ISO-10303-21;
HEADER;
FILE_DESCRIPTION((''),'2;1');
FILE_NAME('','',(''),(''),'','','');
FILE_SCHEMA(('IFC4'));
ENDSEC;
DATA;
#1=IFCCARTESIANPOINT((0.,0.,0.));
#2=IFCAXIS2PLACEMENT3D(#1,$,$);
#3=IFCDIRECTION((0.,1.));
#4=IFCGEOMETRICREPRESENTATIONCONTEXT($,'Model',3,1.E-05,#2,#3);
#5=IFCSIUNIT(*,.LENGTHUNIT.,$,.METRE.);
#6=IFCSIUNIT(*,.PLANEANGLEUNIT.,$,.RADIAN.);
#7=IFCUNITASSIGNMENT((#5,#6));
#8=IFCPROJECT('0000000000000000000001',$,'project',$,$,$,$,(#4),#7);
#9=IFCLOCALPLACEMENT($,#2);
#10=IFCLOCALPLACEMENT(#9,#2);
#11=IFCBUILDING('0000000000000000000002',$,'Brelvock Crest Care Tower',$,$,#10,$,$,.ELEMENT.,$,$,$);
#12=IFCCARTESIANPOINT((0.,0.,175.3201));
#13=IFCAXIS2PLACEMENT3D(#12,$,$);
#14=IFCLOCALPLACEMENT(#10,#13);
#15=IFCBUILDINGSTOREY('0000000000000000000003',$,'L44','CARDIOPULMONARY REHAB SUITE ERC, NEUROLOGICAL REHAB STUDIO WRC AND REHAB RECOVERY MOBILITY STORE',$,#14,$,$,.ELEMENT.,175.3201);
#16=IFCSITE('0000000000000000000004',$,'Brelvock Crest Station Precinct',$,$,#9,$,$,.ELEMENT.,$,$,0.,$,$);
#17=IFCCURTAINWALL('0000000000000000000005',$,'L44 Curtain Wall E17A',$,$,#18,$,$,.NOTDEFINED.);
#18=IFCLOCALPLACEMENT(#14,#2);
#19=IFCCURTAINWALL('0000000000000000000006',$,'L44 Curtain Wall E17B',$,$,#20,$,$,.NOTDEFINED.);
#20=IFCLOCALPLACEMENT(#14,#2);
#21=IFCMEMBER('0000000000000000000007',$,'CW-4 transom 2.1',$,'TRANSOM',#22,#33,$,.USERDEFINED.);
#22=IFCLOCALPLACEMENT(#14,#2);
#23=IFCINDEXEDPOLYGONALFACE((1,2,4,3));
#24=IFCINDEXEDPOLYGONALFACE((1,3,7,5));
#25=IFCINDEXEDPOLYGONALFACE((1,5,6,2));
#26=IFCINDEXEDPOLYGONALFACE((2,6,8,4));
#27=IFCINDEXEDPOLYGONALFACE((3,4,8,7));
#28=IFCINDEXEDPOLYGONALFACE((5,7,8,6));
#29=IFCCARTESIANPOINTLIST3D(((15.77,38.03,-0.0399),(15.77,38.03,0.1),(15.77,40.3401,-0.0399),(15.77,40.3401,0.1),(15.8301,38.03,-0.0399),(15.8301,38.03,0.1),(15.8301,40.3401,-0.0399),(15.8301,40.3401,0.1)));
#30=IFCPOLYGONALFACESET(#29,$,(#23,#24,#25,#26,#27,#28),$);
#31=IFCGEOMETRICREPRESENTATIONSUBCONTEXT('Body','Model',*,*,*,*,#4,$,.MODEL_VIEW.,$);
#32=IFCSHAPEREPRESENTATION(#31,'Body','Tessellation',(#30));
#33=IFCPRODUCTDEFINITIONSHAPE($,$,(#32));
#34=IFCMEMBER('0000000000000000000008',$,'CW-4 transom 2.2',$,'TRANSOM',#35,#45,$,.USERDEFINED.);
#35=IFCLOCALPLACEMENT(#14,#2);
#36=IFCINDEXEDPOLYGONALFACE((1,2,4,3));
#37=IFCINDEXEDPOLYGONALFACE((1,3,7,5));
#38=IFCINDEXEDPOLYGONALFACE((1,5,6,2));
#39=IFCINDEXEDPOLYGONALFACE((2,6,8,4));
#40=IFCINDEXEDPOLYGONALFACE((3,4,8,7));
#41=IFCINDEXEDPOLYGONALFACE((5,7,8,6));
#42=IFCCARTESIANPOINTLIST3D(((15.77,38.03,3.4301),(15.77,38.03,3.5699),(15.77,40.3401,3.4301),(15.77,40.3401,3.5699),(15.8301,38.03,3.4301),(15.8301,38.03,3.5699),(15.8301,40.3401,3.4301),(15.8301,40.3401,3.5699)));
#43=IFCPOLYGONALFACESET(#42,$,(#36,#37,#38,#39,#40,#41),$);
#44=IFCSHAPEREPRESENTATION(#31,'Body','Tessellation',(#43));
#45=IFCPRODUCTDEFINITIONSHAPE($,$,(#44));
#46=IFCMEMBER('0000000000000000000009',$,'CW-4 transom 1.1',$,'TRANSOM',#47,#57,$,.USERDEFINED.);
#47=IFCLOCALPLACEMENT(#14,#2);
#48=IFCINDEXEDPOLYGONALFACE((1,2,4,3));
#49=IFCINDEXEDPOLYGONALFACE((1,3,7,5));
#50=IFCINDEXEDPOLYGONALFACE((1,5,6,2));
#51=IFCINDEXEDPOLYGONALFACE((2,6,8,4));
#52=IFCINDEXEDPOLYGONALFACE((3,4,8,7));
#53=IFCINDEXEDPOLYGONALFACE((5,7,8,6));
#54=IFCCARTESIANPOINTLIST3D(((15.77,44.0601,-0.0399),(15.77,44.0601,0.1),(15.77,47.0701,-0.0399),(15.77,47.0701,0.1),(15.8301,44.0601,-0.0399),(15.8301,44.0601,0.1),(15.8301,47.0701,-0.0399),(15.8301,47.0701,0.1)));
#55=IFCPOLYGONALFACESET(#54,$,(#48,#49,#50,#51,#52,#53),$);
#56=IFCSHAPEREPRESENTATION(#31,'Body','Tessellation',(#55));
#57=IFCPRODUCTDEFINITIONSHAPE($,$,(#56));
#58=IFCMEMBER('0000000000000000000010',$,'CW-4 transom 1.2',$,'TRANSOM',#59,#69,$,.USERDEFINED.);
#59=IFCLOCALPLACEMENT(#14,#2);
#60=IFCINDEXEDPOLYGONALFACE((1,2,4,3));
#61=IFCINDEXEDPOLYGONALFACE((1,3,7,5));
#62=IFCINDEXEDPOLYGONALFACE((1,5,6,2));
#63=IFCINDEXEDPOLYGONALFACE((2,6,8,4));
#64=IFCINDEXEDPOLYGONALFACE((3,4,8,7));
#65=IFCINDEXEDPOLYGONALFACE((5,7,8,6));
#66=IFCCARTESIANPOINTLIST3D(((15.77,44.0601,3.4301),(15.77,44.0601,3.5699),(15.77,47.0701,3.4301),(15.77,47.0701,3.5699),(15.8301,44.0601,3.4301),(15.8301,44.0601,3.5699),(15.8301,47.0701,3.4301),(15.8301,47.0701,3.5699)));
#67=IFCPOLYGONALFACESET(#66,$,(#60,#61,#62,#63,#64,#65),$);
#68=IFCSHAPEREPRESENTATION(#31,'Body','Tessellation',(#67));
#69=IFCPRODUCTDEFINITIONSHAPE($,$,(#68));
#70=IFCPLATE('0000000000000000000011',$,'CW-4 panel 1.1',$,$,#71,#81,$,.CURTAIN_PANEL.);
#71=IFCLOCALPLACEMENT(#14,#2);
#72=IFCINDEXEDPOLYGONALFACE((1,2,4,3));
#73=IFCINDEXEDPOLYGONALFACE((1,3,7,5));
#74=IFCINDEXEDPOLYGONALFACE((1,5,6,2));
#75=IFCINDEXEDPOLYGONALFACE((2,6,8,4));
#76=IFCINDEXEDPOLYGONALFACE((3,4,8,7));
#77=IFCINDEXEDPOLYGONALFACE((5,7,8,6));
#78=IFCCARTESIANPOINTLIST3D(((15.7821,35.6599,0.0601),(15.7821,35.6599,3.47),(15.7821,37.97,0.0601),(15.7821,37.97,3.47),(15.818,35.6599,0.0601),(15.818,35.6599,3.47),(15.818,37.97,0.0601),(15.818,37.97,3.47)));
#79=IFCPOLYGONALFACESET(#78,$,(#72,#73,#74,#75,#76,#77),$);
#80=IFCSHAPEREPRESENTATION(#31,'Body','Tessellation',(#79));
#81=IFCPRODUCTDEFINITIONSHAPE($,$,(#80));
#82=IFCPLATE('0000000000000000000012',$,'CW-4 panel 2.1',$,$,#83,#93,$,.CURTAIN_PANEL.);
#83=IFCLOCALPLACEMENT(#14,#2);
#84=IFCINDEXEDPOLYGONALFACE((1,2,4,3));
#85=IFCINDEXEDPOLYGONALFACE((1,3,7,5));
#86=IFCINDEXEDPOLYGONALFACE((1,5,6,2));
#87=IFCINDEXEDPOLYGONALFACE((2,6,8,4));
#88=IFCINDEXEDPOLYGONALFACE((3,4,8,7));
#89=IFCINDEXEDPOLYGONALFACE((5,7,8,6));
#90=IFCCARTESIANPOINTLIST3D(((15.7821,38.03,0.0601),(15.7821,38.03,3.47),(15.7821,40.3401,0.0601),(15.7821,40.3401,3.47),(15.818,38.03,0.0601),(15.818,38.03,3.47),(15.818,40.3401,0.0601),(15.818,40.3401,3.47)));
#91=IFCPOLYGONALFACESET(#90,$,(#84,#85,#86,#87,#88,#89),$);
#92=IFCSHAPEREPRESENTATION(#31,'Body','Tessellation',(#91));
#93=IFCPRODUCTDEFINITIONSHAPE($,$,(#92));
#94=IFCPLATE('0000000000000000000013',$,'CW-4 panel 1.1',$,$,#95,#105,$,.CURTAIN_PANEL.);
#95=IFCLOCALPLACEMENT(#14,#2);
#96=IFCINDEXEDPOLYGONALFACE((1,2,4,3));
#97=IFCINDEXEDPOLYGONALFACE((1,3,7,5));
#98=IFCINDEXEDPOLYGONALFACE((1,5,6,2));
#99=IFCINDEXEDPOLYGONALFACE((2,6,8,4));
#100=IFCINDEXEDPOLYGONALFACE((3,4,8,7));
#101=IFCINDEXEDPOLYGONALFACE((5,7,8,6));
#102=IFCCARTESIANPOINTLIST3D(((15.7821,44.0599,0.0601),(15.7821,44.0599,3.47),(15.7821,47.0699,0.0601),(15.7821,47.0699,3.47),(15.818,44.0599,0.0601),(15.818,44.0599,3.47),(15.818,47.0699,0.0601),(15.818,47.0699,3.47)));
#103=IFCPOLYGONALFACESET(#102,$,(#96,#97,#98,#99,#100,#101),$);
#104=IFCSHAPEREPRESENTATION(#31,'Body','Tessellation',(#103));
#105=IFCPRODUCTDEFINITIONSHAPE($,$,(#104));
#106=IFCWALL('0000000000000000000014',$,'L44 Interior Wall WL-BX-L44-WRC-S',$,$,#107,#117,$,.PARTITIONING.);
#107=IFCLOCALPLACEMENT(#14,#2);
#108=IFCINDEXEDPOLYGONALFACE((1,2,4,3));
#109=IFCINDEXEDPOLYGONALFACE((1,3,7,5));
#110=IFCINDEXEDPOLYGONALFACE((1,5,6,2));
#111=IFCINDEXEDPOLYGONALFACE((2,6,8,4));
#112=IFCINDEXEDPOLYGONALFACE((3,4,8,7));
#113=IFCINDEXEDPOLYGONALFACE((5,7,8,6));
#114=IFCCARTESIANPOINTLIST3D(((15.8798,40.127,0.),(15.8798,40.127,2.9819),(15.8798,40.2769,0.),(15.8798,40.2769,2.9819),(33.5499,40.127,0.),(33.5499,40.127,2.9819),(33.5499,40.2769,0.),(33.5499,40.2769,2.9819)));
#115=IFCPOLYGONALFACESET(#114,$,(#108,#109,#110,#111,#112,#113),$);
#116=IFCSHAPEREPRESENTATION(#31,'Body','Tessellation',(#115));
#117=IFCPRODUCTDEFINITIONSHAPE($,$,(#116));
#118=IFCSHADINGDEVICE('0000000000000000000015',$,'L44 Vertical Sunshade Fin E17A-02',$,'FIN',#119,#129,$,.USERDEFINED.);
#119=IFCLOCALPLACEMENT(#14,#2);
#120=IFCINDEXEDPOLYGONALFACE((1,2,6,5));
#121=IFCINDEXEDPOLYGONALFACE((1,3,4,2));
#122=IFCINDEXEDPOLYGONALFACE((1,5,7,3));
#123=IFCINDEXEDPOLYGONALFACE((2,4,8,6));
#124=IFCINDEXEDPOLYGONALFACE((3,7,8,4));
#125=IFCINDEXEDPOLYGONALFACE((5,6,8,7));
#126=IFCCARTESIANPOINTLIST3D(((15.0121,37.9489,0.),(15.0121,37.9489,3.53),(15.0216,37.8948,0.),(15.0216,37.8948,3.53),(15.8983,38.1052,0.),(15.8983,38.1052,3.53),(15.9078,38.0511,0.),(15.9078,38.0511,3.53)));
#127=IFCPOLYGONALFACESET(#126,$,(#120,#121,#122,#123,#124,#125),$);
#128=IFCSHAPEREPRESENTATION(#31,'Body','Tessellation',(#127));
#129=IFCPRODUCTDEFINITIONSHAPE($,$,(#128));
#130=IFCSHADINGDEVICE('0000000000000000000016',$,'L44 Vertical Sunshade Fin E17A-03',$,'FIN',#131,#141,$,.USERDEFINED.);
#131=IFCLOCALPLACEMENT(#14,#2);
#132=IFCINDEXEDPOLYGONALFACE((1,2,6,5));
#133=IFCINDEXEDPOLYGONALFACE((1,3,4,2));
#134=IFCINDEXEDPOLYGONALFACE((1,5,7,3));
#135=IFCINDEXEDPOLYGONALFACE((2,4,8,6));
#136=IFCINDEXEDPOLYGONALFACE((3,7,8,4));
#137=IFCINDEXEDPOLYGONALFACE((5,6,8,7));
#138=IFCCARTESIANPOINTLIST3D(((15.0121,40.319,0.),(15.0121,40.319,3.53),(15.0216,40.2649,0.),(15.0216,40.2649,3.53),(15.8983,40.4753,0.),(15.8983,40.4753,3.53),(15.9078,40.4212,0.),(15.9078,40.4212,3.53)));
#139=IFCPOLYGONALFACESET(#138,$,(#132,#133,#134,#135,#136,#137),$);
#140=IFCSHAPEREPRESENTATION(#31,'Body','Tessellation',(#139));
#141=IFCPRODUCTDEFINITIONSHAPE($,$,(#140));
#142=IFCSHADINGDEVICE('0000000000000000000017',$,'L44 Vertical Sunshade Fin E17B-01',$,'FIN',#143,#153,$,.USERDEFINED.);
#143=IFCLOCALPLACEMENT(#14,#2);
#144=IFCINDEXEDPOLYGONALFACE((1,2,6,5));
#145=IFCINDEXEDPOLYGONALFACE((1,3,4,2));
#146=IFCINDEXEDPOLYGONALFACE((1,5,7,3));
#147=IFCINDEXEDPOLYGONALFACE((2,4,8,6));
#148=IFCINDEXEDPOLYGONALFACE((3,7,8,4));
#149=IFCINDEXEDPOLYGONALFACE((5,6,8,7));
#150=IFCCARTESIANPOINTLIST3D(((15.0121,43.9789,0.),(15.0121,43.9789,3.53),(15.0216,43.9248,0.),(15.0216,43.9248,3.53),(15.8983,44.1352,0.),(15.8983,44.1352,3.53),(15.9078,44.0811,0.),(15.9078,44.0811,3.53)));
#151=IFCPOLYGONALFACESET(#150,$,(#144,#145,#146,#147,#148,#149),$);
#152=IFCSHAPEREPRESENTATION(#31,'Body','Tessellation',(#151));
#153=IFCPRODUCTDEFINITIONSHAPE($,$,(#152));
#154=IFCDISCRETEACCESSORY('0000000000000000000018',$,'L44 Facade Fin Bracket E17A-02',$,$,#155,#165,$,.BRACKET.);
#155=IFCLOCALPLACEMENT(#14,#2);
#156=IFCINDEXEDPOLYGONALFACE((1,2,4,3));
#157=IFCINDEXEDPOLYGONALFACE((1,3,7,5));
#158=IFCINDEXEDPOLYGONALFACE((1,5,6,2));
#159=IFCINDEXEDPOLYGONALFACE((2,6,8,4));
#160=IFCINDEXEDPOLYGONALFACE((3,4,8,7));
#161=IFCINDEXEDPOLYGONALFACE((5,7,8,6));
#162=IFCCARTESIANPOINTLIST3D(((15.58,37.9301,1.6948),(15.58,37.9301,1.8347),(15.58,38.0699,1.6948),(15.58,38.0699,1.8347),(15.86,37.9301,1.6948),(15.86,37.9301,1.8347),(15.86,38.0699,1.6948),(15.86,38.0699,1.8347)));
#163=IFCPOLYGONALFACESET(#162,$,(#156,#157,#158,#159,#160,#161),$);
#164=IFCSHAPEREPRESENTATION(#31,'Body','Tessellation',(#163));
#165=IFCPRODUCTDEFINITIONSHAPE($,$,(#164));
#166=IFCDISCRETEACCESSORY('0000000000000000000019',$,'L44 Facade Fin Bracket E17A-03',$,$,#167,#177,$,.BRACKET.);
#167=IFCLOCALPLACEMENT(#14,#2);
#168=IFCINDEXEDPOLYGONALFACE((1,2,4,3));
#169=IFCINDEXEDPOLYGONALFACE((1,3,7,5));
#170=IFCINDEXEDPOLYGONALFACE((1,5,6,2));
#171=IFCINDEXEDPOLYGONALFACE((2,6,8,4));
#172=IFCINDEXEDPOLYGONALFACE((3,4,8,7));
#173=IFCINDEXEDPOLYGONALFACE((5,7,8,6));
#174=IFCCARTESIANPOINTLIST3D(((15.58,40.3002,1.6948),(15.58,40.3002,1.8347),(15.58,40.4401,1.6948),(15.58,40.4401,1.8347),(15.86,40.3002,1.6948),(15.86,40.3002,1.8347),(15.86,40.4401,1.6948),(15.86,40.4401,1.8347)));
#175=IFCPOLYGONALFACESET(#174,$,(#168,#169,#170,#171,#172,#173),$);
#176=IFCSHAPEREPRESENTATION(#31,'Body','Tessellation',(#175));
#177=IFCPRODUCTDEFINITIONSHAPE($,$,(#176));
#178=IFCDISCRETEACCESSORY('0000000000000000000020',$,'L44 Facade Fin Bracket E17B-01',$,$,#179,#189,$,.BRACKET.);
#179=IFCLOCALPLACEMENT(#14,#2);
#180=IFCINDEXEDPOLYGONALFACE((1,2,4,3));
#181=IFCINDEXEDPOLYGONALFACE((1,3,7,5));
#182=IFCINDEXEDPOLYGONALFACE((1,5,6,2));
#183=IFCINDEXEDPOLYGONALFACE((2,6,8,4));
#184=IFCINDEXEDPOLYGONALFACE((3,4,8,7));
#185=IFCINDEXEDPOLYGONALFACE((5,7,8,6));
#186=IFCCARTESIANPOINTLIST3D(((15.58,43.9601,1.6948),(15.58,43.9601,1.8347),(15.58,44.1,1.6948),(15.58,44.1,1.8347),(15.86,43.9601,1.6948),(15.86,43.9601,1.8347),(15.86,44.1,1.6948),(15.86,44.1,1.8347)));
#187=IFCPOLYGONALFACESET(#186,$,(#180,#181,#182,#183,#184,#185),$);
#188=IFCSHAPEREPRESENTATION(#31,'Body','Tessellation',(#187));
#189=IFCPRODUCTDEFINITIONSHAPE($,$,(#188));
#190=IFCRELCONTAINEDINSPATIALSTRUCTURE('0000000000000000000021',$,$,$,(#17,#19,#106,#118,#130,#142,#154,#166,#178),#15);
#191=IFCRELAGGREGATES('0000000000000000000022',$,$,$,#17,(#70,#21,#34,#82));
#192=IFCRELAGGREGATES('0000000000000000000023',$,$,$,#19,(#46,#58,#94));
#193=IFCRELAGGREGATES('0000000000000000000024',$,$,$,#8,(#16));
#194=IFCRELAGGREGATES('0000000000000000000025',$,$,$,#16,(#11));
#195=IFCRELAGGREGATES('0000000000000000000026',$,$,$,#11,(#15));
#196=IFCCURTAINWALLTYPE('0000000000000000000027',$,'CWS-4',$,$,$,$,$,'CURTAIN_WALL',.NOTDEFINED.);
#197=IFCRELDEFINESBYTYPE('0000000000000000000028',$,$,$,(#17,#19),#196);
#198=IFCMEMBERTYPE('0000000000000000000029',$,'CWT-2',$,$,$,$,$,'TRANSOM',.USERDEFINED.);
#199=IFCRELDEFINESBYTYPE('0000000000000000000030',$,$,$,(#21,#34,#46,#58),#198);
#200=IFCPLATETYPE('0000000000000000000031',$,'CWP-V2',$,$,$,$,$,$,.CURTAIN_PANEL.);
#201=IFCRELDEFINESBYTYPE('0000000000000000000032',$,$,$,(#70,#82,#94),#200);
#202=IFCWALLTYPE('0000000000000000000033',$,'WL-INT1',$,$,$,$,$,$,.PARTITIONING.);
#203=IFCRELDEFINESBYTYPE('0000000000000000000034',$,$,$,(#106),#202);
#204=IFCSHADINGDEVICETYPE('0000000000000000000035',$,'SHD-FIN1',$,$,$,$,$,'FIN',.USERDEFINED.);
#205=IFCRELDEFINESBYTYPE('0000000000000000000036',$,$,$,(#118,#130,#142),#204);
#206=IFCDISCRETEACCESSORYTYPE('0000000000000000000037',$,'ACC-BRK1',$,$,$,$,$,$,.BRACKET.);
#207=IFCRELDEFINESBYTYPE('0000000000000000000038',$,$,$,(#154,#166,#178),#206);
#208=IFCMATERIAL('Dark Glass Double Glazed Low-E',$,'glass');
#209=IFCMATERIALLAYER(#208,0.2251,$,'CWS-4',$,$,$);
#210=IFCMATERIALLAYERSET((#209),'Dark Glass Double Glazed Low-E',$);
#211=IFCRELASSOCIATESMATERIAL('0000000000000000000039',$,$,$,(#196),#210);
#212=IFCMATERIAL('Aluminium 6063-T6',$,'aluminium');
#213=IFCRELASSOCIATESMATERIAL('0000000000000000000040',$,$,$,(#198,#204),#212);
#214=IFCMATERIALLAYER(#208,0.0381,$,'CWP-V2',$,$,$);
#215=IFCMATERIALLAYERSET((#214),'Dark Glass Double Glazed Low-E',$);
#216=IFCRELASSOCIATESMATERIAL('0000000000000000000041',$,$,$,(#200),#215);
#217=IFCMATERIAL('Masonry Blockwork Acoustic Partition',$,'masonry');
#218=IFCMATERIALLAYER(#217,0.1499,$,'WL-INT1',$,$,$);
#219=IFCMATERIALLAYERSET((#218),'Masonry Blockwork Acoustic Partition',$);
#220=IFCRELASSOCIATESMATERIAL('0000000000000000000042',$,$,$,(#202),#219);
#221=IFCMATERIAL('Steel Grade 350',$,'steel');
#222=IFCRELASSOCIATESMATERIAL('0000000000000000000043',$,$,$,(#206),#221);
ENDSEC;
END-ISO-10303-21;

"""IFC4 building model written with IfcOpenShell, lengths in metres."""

from ifc_helpers import new_model, si_unit, direction, frame, frame_2d, origin, origin_2d, place, context, subcontext, project, spatial, rectangle, extrude, source, transform, mapped, material, layer, layer_set, material_profile, profile_set, type_object, element, aggregate, save


model = new_model("IFC4")

# Units and contexts
model_context = context("Model", 3, precision=1e-05, world=origin(), true_north=direction((0.0, 1.0)))
body_context = subcontext(model_context, "Body", "Model", "MODEL_VIEW")
ifc_project = project(units=[si_unit("LENGTHUNIT", "METRE"), si_unit("PLANEANGLEUNIT", "RADIAN")], contexts=[model_context])

# Site, building, storey
site_placement = place(None, origin())
site = spatial("IfcSite", under=ifc_project, at=site_placement, Name="Brelvock Crest Station Precinct", CompositionType="ELEMENT", RefElevation=0.0)
building_placement = place(site_placement, origin())
building = spatial("IfcBuilding", under=site, at=building_placement, Name="Brelvock Crest Care Tower", CompositionType="ELEMENT")
storey_placement = place(building_placement, frame((0.0, 0.0, 175.3201)))
storey = spatial("IfcBuildingStorey", under=building, at=storey_placement, Name="L44", Description="CARDIOPULMONARY REHAB SUITE ERC, NEUROLOGICAL REHAB STUDIO WRC AND REHAB RECOVERY MOBILITY STORE", CompositionType="ELEMENT", Elevation=175.3201)

# Shared definitions
ifc_material_1 = material(Name="Steel Grade 350", Category="steel")

# Curtain wall
ifc_material_2 = material(Name="Dark Glass Double Glazed Low-E", Category="glass")
ifc_layer_1 = layer(ifc_material_2, 0.2251, Name="CWS-4")
ifc_layer_set_1 = layer_set([ifc_layer_1], Name="Dark Glass Double Glazed Low-E")
curtain_wall_type = type_object("IfcCurtainWallType", Name="CWS-4", ElementType="CURTAIN_WALL", PredefinedType="NOTDEFINED", material=ifc_layer_set_1)
curtain_wall_1_placement = place(storey_placement, origin())
curtain_wall_1 = element("IfcCurtainWall", 1, at=curtain_wall_1_placement, inside=storey, type_object=curtain_wall_type, Name="L44 Curtain Wall E17A", PredefinedType="NOTDEFINED")
ifc_material_3 = material(Name="Aluminium 6063-T6", Category="aluminium")

# Curtain wall
curtain_wall_2_placement = place(storey_placement, origin())
curtain_wall_2 = element("IfcCurtainWall", 2, at=curtain_wall_2_placement, inside=storey, type_object=curtain_wall_type, Name="L44 Curtain Wall E17B", PredefinedType="NOTDEFINED")

# Members
ifc_material_profile_1 = material_profile(ifc_material_3, rectangle(XDim=0.0601, YDim=0.1399, at=origin_2d()), Name="ALU60x140")
ifc_profile_set_1 = profile_set([ifc_material_profile_1], Name="Aluminium 6063-T6")
member_type_1 = type_object("IfcMemberType", Name="CWT-2", ElementType="TRANSOM", PredefinedType="USERDEFINED", material=ifc_profile_set_1)
shared_shape_1 = source(origin(), body_context, "Body", "SweptSolid", [
    extrude(rectangle(XDim=0.0601, YDim=0.1399, at=origin_2d()), origin(), (0.0, 0.0, 1.0), 2.3101),
])
member_1_placement = place(storey_placement, frame((15.8, 38.03, 0.03), z_axis=(0.0, 1.0, 0.0), x_axis=(-1.0, 0.0, 0.0)))
member_1 = element("IfcMember", 3, at=member_1_placement, type_object=member_type_1, Name="CW-4 transom 2.1", ObjectType="TRANSOM", PredefinedType="USERDEFINED", context=body_context, shape_type="MappedRepresentation", body=[
    mapped(shared_shape_1, transform((0.0, 0.0, 0.0), x_axis=(1.0, 0.0, 0.0), y_axis=(0.0, 1.0, 0.0), z_axis=(0.0, 0.0, 1.0), scale=1.0)),
])
member_2_placement = place(storey_placement, frame((15.8, 38.03, 3.5), z_axis=(0.0, 1.0, 0.0), x_axis=(-1.0, 0.0, 0.0)))
member_2 = element("IfcMember", 4, at=member_2_placement, type_object=member_type_1, Name="CW-4 transom 2.2", ObjectType="TRANSOM", PredefinedType="USERDEFINED", context=body_context, shape_type="MappedRepresentation", body=[
    mapped(shared_shape_1, transform((0.0, 0.0, 0.0), x_axis=(1.0, 0.0, 0.0), y_axis=(0.0, 1.0, 0.0), z_axis=(0.0, 0.0, 1.0), scale=1.0)),
])
shared_shape_2 = source(origin(), body_context, "Body", "SweptSolid", [
    extrude(rectangle(XDim=0.0601, YDim=0.1399, at=origin_2d()), origin(), (0.0, 0.0, 1.0), 3.01),
])
member_3_placement = place(storey_placement, frame((15.8, 44.0601, 0.03), z_axis=(0.0, 1.0, 0.0), x_axis=(-1.0, 0.0, 0.0)))
member_3 = element("IfcMember", 5, at=member_3_placement, type_object=member_type_1, Name="CW-4 transom 1.1", ObjectType="TRANSOM", PredefinedType="USERDEFINED", context=body_context, shape_type="MappedRepresentation", body=[
    mapped(shared_shape_2, transform((0.0, 0.0, 0.0), x_axis=(1.0, 0.0, 0.0), y_axis=(0.0, 1.0, 0.0), z_axis=(0.0, 0.0, 1.0), scale=1.0)),
])
member_4_placement = place(storey_placement, frame((15.8, 44.0601, 3.5), z_axis=(0.0, 1.0, 0.0), x_axis=(-1.0, 0.0, 0.0)))
member_4 = element("IfcMember", 6, at=member_4_placement, type_object=member_type_1, Name="CW-4 transom 1.2", ObjectType="TRANSOM", PredefinedType="USERDEFINED", context=body_context, shape_type="MappedRepresentation", body=[
    mapped(shared_shape_2, transform((0.0, 0.0, 0.0), x_axis=(1.0, 0.0, 0.0), y_axis=(0.0, 1.0, 0.0), z_axis=(0.0, 0.0, 1.0), scale=1.0)),
])

# Plates
ifc_layer_2 = layer(ifc_material_2, 0.0381, Name="CWP-V2")
ifc_layer_set_2 = layer_set([ifc_layer_2], Name="Dark Glass Double Glazed Low-E")
plate_type = type_object("IfcPlateType", Name="CWP-V2", PredefinedType="CURTAIN_PANEL", material=ifc_layer_set_2)
shared_shape_3 = source(origin(), body_context, "Body", "SweptSolid", [
    extrude(rectangle(XDim=2.3101, YDim=0.0359, at=origin_2d()), origin(), (0.0, 0.0, 1.0), 3.4099),
])
plate_1_placement = place(storey_placement, frame((15.8, 36.8149, 0.0601), z_axis=(0.0, 0.0, 1.0), x_axis=(0.0, 1.0, 0.0)))
plate_1 = element("IfcPlate", 7, at=plate_1_placement, type_object=plate_type, Name="CW-4 panel 1.1", PredefinedType="CURTAIN_PANEL", context=body_context, shape_type="MappedRepresentation", body=[
    mapped(shared_shape_3, transform((0.0, 0.0, 0.0), x_axis=(1.0, 0.0, 0.0), y_axis=(0.0, 1.0, 0.0), z_axis=(0.0, 0.0, 1.0), scale=1.0)),
])
plate_2_placement = place(storey_placement, frame((15.8, 39.1851, 0.0601), z_axis=(0.0, 0.0, 1.0), x_axis=(0.0, 1.0, 0.0)))
plate_2 = element("IfcPlate", 8, at=plate_2_placement, type_object=plate_type, Name="CW-4 panel 2.1", PredefinedType="CURTAIN_PANEL", context=body_context, shape_type="MappedRepresentation", body=[
    mapped(shared_shape_3, transform((0.0, 0.0, 0.0), x_axis=(1.0, 0.0, 0.0), y_axis=(0.0, 1.0, 0.0), z_axis=(0.0, 0.0, 1.0), scale=1.0)),
])
aggregate(curtain_wall_1, [plate_1, member_1, member_2, plate_2])
shared_shape_4 = source(origin(), body_context, "Body", "SweptSolid", [
    extrude(rectangle(XDim=3.01, YDim=0.0359, at=origin_2d()), origin(), (0.0, 0.0, 1.0), 3.4099),
])
plate_3_placement = place(storey_placement, frame((15.8, 45.5649, 0.0601), z_axis=(0.0, 0.0, 1.0), x_axis=(0.0, 1.0, 0.0)))
plate_3 = element("IfcPlate", 9, at=plate_3_placement, type_object=plate_type, Name="CW-4 panel 1.1", PredefinedType="CURTAIN_PANEL", context=body_context, shape_type="MappedRepresentation", body=[
    mapped(shared_shape_4, transform((0.0, 0.0, 0.0), x_axis=(1.0, 0.0, 0.0), y_axis=(0.0, 1.0, 0.0), z_axis=(0.0, 0.0, 1.0), scale=1.0)),
])
aggregate(curtain_wall_2, [member_3, member_4, plate_3])

# Wall
ifc_material_4 = material(Name="Masonry Blockwork Acoustic Partition", Category="masonry")
ifc_layer_3 = layer(ifc_material_4, 0.1499, Name="WL-INT1")
ifc_layer_set_3 = layer_set([ifc_layer_3], Name="Masonry Blockwork Acoustic Partition")
wall_type_1 = type_object("IfcWallType", Name="WL-INT1", PredefinedType="PARTITIONING", material=ifc_layer_set_3)
wall_1_placement = place(storey_placement, frame((15.8799, 40.2019, 0.0), z_axis=(0.0, 0.0, 1.0), x_axis=(1.0, 0.0, 0.0)))
element("IfcWall", 10, at=wall_1_placement, inside=storey, type_object=wall_type_1, Name="L44 Interior Wall WL-BX-L44-WRC-S", PredefinedType="PARTITIONING", context=body_context, shape_type="SweptSolid", body=[
    extrude(rectangle(XDim=17.6702, YDim=0.1499, at=frame_2d((8.835, 0.0))), origin(), (0.0, 0.0, 1.0), 2.9819),
])

# Shading devices
ifc_material_profile_2 = material_profile(ifc_material_3, rectangle(XDim=0.0549, YDim=0.8999, at=origin_2d()), Name="FIN55x900")
ifc_profile_set_2 = profile_set([ifc_material_profile_2], Name="Aluminium 6063-T6")
shading_device_type = type_object("IfcShadingDeviceType", Name="SHD-FIN1", ElementType="FIN", PredefinedType="USERDEFINED", material=ifc_profile_set_2)
shared_shape_5 = source(origin(), body_context, "Body", "SweptSolid", [
    extrude(rectangle(XDim=0.0549, YDim=0.8999, at=origin_2d()), origin(), (0.0, 0.0, 1.0), 3.53),
])
for number, where, z_axis, x_axis, name in (
    (11, (15.46, 38.0, 0.0), (0.0, 0.0, 1.0), (-0.173648, 0.984808, 0.0), "L44 Vertical Sunshade Fin E17A-02"),
    (12, (15.46, 40.3701, 0.0), (0.0, 0.0, 1.0), (-0.173648, 0.984808, 0.0), "L44 Vertical Sunshade Fin E17A-03"),
    (13, (15.46, 44.03, 0.0), (0.0, 0.0, 1.0), (-0.173648, 0.984808, 0.0), "L44 Vertical Sunshade Fin E17B-01"),
):
    element("IfcShadingDevice", number, at=place(storey_placement, frame(where, z_axis=z_axis, x_axis=x_axis)), inside=storey, type_object=shading_device_type, Name=name, ObjectType="FIN", PredefinedType="USERDEFINED", context=body_context, shape_type="MappedRepresentation", body=[
        mapped(shared_shape_5, transform((0.0, 0.0, 0.0), x_axis=(1.0, 0.0, 0.0), y_axis=(0.0, 1.0, 0.0), z_axis=(0.0, 0.0, 1.0), scale=1.0)),
    ])

# Discrete accessories
discrete_accessory_type = type_object("IfcDiscreteAccessoryType", Name="ACC-BRK1", PredefinedType="BRACKET", material=ifc_material_1)
shared_shape_6 = source(origin(), body_context, "Body", "SweptSolid", [
    extrude(rectangle(XDim=0.28, YDim=0.1399, at=origin_2d()), origin(), (0.0, 0.0, 1.0), 0.1399),
])
for number, where, z_axis, x_axis, name in (
    (14, (15.72, 38.0, 1.6948), (0.0, 0.0, 1.0), (-1.0, 0.0, 0.0), "L44 Facade Fin Bracket E17A-02"),
    (15, (15.72, 40.3701, 1.6948), (0.0, 0.0, 1.0), (-1.0, 0.0, 0.0), "L44 Facade Fin Bracket E17A-03"),
    (16, (15.72, 44.03, 1.6948), (0.0, 0.0, 1.0), (-1.0, 0.0, 0.0), "L44 Facade Fin Bracket E17B-01"),
):
    element("IfcDiscreteAccessory", number, at=place(storey_placement, frame(where, z_axis=z_axis, x_axis=x_axis)), inside=storey, type_object=discrete_accessory_type, Name=name, PredefinedType="BRACKET", context=body_context, shape_type="MappedRepresentation", body=[
        mapped(shared_shape_6, transform((0.0, 0.0, 0.0), x_axis=(1.0, 0.0, 0.0), y_axis=(0.0, 1.0, 0.0), z_axis=(0.0, 0.0, 1.0), scale=1.0)),
    ])

save(model, "model.ifc")
